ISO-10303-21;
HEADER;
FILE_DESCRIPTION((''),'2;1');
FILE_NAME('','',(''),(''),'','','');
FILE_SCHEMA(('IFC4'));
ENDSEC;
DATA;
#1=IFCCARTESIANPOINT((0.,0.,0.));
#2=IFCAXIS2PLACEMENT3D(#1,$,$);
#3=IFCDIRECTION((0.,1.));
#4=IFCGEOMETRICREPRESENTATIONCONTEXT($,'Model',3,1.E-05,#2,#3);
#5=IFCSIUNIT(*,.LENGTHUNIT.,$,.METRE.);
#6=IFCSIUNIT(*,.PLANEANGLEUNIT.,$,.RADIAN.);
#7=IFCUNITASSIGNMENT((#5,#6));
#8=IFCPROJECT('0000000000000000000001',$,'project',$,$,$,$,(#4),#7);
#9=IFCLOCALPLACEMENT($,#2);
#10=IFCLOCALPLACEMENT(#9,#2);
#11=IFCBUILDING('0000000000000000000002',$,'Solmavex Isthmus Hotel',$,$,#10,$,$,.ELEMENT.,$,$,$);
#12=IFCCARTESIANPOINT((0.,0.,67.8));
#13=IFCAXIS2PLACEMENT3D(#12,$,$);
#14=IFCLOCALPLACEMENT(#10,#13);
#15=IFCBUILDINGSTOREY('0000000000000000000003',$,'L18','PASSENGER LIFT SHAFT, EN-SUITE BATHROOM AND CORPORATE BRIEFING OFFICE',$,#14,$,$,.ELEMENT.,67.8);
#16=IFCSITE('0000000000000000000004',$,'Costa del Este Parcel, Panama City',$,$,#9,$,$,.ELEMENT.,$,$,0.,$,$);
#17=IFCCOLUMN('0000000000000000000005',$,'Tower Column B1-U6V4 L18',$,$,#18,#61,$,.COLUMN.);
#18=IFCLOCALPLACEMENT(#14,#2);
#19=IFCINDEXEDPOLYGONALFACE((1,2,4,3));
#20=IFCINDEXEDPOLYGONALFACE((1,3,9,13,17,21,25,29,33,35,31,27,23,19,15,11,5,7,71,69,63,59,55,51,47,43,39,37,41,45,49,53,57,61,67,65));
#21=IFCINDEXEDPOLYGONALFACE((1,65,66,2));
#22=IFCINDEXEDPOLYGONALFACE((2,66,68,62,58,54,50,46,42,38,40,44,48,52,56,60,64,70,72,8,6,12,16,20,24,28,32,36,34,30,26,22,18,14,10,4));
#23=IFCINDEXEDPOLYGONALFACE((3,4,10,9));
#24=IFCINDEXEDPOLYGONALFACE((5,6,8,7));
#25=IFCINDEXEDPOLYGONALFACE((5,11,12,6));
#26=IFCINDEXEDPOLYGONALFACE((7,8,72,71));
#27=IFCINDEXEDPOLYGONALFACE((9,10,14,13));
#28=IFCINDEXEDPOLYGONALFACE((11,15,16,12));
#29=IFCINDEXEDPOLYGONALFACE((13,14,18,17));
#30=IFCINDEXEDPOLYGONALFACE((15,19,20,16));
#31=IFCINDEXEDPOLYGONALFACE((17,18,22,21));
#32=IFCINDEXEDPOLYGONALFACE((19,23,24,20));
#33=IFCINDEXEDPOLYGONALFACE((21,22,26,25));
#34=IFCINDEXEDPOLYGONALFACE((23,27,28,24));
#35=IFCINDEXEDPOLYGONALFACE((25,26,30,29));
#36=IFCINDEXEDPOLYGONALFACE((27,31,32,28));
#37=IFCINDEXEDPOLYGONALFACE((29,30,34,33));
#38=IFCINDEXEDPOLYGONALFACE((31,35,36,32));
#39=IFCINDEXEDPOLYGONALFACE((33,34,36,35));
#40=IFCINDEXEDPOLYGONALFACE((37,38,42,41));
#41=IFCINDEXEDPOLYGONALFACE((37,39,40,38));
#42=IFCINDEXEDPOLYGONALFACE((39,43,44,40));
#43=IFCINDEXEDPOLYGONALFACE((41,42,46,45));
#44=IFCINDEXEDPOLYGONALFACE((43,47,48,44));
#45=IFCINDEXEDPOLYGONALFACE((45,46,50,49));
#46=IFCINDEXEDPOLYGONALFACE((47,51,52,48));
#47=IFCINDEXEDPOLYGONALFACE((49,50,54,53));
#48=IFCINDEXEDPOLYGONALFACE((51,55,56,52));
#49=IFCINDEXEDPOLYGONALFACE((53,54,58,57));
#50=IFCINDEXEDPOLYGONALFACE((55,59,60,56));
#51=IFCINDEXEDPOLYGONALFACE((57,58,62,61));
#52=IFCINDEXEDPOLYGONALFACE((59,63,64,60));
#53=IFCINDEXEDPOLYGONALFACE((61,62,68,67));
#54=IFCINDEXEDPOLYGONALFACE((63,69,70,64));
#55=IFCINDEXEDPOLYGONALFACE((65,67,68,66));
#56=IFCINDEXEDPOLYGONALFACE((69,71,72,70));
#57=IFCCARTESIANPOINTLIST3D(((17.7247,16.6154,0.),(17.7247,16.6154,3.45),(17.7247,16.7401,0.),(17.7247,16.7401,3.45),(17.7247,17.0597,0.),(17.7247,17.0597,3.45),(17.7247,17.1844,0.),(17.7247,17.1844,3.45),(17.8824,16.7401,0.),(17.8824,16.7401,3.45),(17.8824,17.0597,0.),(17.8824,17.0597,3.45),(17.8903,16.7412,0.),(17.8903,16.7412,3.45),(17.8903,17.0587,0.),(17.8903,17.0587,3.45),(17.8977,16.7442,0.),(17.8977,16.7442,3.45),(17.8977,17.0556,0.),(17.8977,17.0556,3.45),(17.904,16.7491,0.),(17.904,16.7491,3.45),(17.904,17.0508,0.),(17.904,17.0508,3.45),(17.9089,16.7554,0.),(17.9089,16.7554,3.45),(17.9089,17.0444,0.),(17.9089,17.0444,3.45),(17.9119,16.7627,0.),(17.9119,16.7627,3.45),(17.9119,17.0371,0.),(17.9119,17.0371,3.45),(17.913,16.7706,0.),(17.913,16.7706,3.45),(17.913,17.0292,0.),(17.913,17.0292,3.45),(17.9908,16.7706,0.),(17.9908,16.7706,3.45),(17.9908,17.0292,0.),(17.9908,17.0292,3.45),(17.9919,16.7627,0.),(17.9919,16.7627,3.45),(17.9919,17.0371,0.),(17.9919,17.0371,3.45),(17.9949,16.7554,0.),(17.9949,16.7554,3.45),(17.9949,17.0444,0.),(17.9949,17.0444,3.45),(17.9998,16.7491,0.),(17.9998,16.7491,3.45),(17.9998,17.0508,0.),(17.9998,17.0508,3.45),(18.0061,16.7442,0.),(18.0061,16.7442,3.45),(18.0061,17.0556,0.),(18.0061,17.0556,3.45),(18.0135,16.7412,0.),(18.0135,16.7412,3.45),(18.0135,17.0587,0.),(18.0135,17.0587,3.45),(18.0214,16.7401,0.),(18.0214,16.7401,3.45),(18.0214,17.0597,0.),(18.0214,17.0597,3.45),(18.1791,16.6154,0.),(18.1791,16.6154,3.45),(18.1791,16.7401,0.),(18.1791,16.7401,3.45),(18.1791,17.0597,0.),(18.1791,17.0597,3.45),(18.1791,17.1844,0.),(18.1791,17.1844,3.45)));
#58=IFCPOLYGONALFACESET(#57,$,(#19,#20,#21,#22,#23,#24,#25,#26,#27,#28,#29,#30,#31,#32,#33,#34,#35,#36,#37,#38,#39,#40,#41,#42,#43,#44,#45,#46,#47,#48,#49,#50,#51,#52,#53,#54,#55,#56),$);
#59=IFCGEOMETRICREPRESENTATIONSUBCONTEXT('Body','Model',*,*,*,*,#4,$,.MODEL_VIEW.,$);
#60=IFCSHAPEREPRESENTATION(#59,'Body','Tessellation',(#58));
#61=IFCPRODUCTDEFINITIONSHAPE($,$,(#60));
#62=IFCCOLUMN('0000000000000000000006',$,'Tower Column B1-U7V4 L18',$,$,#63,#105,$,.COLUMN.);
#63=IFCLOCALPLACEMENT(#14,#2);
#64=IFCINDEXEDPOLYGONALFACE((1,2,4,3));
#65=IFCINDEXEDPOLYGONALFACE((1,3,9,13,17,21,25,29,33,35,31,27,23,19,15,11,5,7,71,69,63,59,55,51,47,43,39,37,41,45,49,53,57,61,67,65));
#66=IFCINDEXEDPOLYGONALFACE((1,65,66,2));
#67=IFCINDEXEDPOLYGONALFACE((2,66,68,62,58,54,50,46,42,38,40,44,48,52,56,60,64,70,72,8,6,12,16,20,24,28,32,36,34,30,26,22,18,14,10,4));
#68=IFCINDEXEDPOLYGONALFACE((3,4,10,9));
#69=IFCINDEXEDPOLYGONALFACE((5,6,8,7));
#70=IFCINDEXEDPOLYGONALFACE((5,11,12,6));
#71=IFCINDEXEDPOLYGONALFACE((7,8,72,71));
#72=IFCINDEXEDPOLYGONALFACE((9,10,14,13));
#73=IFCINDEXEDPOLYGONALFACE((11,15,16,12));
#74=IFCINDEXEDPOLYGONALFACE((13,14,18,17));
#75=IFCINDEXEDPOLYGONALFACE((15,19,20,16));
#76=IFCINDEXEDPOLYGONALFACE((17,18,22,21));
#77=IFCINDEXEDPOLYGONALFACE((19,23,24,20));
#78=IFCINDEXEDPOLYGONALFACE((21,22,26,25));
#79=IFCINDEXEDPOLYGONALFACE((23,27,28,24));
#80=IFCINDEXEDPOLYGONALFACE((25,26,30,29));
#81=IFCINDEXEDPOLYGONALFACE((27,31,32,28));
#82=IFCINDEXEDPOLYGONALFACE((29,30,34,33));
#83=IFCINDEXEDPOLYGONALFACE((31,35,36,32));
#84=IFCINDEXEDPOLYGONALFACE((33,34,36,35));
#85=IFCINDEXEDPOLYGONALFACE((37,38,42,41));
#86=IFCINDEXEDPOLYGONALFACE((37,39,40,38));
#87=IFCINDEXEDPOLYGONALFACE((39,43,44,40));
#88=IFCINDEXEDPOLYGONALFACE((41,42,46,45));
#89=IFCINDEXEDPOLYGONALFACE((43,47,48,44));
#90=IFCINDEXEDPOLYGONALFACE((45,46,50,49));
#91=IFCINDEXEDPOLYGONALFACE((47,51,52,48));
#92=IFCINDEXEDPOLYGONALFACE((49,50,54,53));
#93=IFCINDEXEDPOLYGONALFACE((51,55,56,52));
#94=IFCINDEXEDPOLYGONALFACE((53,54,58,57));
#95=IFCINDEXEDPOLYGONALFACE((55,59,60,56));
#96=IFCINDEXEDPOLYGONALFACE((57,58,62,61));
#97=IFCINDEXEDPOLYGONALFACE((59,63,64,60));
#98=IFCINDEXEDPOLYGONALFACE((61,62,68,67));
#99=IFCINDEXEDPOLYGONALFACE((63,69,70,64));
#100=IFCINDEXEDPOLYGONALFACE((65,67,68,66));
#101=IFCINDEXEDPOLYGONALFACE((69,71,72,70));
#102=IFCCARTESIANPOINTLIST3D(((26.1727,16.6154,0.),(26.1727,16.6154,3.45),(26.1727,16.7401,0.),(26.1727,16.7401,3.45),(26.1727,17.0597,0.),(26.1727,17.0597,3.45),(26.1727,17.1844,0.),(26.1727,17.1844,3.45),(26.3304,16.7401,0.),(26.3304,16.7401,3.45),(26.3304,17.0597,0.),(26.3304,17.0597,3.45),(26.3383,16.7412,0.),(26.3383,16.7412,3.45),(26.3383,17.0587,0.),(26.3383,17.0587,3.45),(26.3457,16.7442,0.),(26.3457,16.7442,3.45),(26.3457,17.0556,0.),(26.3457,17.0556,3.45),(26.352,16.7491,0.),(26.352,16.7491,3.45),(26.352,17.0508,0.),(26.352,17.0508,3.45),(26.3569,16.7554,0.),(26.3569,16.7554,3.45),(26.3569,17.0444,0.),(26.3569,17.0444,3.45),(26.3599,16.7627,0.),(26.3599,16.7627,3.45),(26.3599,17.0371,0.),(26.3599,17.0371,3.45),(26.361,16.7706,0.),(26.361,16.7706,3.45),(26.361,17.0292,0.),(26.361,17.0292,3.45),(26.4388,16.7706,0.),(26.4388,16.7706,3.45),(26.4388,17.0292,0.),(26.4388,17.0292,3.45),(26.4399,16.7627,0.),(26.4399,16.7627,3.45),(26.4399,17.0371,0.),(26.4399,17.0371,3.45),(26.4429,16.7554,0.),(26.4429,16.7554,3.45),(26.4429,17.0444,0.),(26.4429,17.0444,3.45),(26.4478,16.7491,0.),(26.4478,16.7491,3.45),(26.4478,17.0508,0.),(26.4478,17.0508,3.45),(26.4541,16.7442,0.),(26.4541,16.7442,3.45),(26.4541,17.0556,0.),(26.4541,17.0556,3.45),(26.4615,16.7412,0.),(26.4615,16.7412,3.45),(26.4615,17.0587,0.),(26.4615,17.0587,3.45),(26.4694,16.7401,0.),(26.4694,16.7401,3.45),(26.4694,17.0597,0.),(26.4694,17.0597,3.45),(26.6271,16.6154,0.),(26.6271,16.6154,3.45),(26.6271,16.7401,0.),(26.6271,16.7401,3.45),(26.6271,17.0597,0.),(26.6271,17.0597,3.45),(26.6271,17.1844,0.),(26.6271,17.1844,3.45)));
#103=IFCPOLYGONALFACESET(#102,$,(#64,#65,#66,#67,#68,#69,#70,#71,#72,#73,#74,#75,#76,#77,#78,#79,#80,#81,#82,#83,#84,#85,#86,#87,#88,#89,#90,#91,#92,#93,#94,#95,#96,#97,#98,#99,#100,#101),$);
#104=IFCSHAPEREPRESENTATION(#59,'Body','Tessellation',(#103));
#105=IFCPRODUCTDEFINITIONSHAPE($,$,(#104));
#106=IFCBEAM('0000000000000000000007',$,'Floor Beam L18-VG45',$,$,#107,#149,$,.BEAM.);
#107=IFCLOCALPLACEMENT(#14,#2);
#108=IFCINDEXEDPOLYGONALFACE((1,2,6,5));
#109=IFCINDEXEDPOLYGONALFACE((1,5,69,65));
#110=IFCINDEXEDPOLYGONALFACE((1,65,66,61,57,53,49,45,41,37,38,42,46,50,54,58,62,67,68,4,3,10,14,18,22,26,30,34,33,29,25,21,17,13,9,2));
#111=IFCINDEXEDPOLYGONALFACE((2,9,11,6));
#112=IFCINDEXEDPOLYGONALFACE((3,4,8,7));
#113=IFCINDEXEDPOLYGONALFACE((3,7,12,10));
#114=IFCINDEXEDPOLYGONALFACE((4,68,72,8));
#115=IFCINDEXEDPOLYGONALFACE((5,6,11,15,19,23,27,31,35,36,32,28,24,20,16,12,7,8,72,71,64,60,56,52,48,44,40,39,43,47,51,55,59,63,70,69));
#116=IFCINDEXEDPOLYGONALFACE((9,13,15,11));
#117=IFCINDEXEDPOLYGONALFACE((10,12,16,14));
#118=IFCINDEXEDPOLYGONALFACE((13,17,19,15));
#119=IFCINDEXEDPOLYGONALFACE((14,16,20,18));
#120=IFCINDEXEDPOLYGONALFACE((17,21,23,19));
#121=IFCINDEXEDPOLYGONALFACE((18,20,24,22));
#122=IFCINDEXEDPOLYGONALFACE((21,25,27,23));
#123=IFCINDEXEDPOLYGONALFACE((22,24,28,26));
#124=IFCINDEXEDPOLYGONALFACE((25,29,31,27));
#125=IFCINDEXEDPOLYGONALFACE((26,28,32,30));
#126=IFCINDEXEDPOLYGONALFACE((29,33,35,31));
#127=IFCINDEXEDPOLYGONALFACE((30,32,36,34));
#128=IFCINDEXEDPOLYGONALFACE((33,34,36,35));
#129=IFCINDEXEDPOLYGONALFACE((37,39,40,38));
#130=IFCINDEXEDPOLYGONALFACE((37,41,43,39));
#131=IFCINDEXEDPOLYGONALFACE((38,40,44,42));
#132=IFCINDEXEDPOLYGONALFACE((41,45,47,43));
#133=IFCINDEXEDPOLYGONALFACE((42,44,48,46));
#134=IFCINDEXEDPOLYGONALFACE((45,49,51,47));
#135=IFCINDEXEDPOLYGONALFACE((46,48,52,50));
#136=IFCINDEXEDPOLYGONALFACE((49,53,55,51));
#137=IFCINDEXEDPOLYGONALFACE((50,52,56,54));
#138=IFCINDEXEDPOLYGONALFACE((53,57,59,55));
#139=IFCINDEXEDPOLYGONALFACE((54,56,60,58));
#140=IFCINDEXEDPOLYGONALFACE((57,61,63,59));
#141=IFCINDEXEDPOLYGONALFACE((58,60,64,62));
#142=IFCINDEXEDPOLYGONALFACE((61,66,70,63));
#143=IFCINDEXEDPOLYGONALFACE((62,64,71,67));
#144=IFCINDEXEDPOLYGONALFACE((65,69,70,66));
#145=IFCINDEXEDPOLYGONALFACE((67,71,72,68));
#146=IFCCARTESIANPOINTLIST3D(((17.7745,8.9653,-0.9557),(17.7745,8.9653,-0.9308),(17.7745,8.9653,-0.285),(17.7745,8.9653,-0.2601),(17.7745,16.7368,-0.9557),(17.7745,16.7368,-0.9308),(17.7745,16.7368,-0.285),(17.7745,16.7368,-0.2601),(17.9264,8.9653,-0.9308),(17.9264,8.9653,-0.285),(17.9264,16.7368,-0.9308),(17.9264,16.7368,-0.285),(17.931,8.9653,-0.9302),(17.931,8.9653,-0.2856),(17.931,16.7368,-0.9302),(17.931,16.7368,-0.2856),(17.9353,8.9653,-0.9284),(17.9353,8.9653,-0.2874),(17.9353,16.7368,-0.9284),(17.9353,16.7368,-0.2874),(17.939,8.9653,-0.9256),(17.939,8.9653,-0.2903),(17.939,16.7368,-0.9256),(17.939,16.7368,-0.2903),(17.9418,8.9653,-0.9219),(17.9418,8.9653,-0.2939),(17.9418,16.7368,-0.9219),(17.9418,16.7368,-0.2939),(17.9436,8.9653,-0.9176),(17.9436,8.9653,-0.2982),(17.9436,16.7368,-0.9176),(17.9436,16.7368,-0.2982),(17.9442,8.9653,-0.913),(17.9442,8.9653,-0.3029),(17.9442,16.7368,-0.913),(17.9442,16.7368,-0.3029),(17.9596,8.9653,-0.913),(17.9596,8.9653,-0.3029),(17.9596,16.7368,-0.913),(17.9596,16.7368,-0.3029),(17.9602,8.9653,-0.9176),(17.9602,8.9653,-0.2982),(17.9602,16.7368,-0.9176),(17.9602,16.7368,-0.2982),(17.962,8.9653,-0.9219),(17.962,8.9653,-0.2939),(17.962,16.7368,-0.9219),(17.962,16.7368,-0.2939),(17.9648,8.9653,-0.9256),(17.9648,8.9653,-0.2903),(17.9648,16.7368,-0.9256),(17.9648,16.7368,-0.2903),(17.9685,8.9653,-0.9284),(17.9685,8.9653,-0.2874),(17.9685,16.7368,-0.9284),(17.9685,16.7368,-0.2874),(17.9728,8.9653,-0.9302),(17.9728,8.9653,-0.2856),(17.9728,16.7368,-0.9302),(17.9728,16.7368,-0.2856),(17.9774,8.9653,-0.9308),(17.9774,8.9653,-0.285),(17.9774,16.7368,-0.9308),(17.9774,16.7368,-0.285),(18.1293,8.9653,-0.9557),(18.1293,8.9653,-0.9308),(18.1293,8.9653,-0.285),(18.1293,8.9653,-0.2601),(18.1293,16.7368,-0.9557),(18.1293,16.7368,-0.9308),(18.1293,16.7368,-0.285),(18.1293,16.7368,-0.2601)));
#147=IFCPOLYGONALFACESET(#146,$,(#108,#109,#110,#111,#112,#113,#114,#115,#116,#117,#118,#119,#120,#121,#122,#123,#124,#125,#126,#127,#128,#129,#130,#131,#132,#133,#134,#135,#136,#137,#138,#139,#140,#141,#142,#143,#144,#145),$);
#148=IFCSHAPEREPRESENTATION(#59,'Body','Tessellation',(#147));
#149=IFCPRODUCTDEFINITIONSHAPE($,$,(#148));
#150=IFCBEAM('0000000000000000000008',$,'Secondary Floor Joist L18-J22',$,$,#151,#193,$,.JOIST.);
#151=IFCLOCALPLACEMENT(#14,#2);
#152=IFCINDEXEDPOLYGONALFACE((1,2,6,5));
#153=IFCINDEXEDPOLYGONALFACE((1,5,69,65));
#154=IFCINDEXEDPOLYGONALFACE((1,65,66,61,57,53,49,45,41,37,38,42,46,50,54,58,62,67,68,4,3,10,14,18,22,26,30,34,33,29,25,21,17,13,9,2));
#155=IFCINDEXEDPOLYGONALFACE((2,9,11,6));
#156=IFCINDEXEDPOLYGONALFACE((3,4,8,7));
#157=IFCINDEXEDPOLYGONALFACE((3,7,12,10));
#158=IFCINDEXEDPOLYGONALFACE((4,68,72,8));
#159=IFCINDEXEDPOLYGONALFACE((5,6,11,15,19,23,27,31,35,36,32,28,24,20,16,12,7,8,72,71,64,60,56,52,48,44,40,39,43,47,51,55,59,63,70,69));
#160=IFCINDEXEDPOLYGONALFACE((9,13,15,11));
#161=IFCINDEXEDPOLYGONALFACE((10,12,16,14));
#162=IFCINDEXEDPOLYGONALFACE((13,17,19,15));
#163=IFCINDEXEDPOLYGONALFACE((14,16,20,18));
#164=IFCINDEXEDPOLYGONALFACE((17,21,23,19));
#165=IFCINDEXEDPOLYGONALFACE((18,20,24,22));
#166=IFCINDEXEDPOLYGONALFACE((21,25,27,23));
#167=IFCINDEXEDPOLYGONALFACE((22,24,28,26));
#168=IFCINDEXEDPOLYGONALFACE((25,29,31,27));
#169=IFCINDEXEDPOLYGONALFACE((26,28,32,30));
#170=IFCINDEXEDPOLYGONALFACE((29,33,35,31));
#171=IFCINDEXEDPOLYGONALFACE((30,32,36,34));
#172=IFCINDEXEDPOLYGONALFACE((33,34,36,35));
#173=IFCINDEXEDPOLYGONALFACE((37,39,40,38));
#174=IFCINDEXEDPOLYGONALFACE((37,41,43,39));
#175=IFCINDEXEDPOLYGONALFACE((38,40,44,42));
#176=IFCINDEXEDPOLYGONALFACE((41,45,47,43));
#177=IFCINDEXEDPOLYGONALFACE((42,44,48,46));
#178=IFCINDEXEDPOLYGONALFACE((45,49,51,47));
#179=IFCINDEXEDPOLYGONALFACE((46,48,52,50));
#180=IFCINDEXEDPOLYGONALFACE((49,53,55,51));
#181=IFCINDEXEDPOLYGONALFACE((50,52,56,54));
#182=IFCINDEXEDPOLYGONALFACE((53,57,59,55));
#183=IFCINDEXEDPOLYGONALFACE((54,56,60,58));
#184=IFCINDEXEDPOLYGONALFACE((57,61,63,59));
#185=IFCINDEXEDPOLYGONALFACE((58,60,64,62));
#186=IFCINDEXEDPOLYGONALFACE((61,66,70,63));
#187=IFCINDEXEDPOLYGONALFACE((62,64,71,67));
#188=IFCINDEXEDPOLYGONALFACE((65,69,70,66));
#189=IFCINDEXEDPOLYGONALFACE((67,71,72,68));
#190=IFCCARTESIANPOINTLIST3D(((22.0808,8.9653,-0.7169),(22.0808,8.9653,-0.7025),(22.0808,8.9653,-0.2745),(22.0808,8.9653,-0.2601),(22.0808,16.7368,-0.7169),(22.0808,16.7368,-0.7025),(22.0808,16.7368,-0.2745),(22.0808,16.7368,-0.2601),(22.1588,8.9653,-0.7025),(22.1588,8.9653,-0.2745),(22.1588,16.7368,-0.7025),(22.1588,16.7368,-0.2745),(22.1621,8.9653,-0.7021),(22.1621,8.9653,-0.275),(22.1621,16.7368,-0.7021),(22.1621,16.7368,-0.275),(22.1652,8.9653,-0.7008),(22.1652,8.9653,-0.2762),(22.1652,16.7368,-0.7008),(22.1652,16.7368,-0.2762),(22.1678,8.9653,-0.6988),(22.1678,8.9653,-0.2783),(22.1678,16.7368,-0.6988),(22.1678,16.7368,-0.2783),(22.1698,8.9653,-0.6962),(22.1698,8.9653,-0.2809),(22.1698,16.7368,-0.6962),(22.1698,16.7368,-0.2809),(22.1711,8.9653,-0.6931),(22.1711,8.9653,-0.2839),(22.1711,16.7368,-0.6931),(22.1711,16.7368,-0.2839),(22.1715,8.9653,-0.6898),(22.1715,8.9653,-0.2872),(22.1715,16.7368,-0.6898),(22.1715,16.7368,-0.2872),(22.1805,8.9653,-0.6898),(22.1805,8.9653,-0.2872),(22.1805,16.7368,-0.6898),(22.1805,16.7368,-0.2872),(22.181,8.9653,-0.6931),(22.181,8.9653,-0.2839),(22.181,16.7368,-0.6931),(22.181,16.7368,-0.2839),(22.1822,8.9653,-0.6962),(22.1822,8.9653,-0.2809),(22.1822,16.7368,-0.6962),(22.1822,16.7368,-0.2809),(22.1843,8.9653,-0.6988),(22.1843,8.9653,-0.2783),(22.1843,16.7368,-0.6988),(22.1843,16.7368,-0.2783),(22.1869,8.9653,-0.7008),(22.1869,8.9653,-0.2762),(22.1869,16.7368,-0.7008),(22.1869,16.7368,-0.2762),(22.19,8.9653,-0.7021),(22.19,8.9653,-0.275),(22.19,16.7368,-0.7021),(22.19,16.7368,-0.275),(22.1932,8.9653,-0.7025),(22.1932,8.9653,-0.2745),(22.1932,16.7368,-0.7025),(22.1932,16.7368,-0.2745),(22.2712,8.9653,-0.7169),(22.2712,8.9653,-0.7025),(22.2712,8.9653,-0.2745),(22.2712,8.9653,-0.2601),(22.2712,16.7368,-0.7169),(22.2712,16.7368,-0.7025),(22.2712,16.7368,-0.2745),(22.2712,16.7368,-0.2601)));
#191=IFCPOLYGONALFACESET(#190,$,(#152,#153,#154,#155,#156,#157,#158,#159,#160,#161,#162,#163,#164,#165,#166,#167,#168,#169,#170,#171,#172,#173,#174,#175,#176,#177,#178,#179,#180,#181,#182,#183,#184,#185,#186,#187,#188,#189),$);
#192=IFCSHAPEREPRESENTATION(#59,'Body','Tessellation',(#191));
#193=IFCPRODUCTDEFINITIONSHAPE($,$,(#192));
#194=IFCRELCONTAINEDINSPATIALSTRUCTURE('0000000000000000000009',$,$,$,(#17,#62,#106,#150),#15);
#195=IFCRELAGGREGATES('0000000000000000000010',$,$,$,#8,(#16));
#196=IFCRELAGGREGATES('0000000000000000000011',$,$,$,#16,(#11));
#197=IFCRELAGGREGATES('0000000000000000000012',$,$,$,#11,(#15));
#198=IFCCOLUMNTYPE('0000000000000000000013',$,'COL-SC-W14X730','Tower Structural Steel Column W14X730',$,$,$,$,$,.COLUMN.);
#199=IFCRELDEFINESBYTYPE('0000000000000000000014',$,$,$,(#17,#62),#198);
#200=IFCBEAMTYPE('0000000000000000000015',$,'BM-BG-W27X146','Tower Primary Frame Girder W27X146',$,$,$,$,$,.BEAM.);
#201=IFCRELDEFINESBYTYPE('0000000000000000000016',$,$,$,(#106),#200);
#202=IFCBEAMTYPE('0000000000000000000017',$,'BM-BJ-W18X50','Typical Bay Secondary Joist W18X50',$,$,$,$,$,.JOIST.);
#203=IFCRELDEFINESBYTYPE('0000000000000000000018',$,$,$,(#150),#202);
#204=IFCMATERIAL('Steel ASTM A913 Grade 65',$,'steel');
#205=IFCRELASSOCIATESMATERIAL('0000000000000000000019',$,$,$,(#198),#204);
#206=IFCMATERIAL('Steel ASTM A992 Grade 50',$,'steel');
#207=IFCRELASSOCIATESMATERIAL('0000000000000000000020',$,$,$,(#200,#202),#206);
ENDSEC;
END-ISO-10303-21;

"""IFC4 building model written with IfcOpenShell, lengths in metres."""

from ifc_helpers import new_model, si_unit, direction, frame, origin, origin_2d, place, context, subcontext, project, spatial, i_section, extrude, material, material_profile, profile_set, type_object, element, save


model = new_model("IFC4")

# Units and contexts
model_context = context("Model", 3, precision=1e-05, world=origin(), true_north=direction((0.0, 1.0)))
body_context = subcontext(model_context, "Body", "Model", "MODEL_VIEW")
ifc_project = project(units=[si_unit("LENGTHUNIT", "METRE"), si_unit("PLANEANGLEUNIT", "RADIAN")], contexts=[model_context])

# Site, building, storey
site_placement = place(None, origin())
site = spatial("IfcSite", under=ifc_project, at=site_placement, Name="Costa del Este Parcel, Panama City", CompositionType="ELEMENT", RefElevation=0.0)
building_placement = place(site_placement, origin())
building = spatial("IfcBuilding", under=site, at=building_placement, Name="Solmavex Isthmus Hotel", CompositionType="ELEMENT")
storey_placement = place(building_placement, frame((0.0, 0.0, 67.8)))
storey = spatial("IfcBuildingStorey", under=building, at=storey_placement, Name="L18", Description="PASSENGER LIFT SHAFT, EN-SUITE BATHROOM AND CORPORATE BRIEFING OFFICE", CompositionType="ELEMENT", Elevation=67.8)

# Columns
ifc_material_1 = material(Name="Steel ASTM A913 Grade 65", Category="steel")
ifc_material_profile_1 = material_profile(ifc_material_1, i_section(OverallWidth=0.4543, OverallDepth=0.5691, WebThickness=0.0779, FlangeThickness=0.1248, FilletRadius=0.0305, at=origin_2d()), Name="W14X730")
ifc_profile_set_1 = profile_set([ifc_material_profile_1], Name="Steel ASTM A913 Grade 65")
column_type = type_object("IfcColumnType", Name="COL-SC-W14X730", Description="Tower Structural Steel Column W14X730", PredefinedType="COLUMN", material=ifc_profile_set_1)
for number, where, z_axis, x_axis, name in (
    (1, (17.9519, 16.8999, 0.0), (0.0, 0.0, 1.0), (1.0, 0.0, 0.0), "Tower Column B1-U6V4 L18"),
    (2, (26.3999, 16.8999, 0.0), (0.0, 0.0, 1.0), (1.0, 0.0, 0.0), "Tower Column B1-U7V4 L18"),
):
    element("IfcColumn", number, at=place(storey_placement, frame(where, z_axis=z_axis, x_axis=x_axis)), inside=storey, type_object=column_type, Name=name, PredefinedType="COLUMN", context=body_context, shape_type="SweptSolid", body=[
        extrude(i_section(OverallWidth=0.4543, OverallDepth=0.5691, WebThickness=0.0779, FlangeThickness=0.1248, FilletRadius=0.0305, at=origin_2d()), origin(), (0.0, 0.0, 1.0), 3.45),
    ])

# Beams
ifc_material_2 = material(Name="Steel ASTM A992 Grade 50", Category="steel")
ifc_material_profile_2 = material_profile(ifc_material_2, i_section(OverallWidth=0.3547, OverallDepth=0.6956, WebThickness=0.0154, FlangeThickness=0.0249, FilletRadius=0.0178, at=origin_2d()), Name="W27X146")
ifc_profile_set_2 = profile_set([ifc_material_profile_2], Name="Steel ASTM A992 Grade 50")
beam_type_1 = type_object("IfcBeamType", Name="BM-BG-W27X146", Description="Tower Primary Frame Girder W27X146", PredefinedType="BEAM", material=ifc_profile_set_2)
beam_1_placement = place(storey_placement, frame((17.9519, 8.9653, -0.6079), z_axis=(0.0, 1.0, 0.0), x_axis=(-1.0, 0.0, 0.0)))
element("IfcBeam", 3, at=beam_1_placement, inside=storey, type_object=beam_type_1, Name="Floor Beam L18-VG45", PredefinedType="BEAM", context=body_context, shape_type="SweptSolid", body=[
    extrude(i_section(OverallWidth=0.3547, OverallDepth=0.6956, WebThickness=0.0154, FlangeThickness=0.0249, FilletRadius=0.0178, at=origin_2d()), origin(), (0.0, 0.0, 1.0), 7.7715),
])
ifc_material_profile_3 = material_profile(ifc_material_2, i_section(OverallWidth=0.1904, OverallDepth=0.4568, WebThickness=0.009, FlangeThickness=0.0144, FilletRadius=0.0127, at=origin_2d()), Name="W18X50")
ifc_profile_set_3 = profile_set([ifc_material_profile_3], Name="Steel ASTM A992 Grade 50")
beam_type_2 = type_object("IfcBeamType", Name="BM-BJ-W18X50", Description="Typical Bay Secondary Joist W18X50", PredefinedType="JOIST", material=ifc_profile_set_3)
beam_2_placement = place(storey_placement, frame((22.176, 8.9653, -0.4885), z_axis=(0.0, 1.0, 0.0), x_axis=(-1.0, 0.0, 0.0)))
element("IfcBeam", 4, at=beam_2_placement, inside=storey, type_object=beam_type_2, Name="Secondary Floor Joist L18-J22", PredefinedType="JOIST", context=body_context, shape_type="SweptSolid", body=[
    extrude(i_section(OverallWidth=0.1904, OverallDepth=0.4568, WebThickness=0.009, FlangeThickness=0.0144, FilletRadius=0.0127, at=origin_2d()), origin(), (0.0, 0.0, 1.0), 7.7715),
])

save(model, "model.ifc")
